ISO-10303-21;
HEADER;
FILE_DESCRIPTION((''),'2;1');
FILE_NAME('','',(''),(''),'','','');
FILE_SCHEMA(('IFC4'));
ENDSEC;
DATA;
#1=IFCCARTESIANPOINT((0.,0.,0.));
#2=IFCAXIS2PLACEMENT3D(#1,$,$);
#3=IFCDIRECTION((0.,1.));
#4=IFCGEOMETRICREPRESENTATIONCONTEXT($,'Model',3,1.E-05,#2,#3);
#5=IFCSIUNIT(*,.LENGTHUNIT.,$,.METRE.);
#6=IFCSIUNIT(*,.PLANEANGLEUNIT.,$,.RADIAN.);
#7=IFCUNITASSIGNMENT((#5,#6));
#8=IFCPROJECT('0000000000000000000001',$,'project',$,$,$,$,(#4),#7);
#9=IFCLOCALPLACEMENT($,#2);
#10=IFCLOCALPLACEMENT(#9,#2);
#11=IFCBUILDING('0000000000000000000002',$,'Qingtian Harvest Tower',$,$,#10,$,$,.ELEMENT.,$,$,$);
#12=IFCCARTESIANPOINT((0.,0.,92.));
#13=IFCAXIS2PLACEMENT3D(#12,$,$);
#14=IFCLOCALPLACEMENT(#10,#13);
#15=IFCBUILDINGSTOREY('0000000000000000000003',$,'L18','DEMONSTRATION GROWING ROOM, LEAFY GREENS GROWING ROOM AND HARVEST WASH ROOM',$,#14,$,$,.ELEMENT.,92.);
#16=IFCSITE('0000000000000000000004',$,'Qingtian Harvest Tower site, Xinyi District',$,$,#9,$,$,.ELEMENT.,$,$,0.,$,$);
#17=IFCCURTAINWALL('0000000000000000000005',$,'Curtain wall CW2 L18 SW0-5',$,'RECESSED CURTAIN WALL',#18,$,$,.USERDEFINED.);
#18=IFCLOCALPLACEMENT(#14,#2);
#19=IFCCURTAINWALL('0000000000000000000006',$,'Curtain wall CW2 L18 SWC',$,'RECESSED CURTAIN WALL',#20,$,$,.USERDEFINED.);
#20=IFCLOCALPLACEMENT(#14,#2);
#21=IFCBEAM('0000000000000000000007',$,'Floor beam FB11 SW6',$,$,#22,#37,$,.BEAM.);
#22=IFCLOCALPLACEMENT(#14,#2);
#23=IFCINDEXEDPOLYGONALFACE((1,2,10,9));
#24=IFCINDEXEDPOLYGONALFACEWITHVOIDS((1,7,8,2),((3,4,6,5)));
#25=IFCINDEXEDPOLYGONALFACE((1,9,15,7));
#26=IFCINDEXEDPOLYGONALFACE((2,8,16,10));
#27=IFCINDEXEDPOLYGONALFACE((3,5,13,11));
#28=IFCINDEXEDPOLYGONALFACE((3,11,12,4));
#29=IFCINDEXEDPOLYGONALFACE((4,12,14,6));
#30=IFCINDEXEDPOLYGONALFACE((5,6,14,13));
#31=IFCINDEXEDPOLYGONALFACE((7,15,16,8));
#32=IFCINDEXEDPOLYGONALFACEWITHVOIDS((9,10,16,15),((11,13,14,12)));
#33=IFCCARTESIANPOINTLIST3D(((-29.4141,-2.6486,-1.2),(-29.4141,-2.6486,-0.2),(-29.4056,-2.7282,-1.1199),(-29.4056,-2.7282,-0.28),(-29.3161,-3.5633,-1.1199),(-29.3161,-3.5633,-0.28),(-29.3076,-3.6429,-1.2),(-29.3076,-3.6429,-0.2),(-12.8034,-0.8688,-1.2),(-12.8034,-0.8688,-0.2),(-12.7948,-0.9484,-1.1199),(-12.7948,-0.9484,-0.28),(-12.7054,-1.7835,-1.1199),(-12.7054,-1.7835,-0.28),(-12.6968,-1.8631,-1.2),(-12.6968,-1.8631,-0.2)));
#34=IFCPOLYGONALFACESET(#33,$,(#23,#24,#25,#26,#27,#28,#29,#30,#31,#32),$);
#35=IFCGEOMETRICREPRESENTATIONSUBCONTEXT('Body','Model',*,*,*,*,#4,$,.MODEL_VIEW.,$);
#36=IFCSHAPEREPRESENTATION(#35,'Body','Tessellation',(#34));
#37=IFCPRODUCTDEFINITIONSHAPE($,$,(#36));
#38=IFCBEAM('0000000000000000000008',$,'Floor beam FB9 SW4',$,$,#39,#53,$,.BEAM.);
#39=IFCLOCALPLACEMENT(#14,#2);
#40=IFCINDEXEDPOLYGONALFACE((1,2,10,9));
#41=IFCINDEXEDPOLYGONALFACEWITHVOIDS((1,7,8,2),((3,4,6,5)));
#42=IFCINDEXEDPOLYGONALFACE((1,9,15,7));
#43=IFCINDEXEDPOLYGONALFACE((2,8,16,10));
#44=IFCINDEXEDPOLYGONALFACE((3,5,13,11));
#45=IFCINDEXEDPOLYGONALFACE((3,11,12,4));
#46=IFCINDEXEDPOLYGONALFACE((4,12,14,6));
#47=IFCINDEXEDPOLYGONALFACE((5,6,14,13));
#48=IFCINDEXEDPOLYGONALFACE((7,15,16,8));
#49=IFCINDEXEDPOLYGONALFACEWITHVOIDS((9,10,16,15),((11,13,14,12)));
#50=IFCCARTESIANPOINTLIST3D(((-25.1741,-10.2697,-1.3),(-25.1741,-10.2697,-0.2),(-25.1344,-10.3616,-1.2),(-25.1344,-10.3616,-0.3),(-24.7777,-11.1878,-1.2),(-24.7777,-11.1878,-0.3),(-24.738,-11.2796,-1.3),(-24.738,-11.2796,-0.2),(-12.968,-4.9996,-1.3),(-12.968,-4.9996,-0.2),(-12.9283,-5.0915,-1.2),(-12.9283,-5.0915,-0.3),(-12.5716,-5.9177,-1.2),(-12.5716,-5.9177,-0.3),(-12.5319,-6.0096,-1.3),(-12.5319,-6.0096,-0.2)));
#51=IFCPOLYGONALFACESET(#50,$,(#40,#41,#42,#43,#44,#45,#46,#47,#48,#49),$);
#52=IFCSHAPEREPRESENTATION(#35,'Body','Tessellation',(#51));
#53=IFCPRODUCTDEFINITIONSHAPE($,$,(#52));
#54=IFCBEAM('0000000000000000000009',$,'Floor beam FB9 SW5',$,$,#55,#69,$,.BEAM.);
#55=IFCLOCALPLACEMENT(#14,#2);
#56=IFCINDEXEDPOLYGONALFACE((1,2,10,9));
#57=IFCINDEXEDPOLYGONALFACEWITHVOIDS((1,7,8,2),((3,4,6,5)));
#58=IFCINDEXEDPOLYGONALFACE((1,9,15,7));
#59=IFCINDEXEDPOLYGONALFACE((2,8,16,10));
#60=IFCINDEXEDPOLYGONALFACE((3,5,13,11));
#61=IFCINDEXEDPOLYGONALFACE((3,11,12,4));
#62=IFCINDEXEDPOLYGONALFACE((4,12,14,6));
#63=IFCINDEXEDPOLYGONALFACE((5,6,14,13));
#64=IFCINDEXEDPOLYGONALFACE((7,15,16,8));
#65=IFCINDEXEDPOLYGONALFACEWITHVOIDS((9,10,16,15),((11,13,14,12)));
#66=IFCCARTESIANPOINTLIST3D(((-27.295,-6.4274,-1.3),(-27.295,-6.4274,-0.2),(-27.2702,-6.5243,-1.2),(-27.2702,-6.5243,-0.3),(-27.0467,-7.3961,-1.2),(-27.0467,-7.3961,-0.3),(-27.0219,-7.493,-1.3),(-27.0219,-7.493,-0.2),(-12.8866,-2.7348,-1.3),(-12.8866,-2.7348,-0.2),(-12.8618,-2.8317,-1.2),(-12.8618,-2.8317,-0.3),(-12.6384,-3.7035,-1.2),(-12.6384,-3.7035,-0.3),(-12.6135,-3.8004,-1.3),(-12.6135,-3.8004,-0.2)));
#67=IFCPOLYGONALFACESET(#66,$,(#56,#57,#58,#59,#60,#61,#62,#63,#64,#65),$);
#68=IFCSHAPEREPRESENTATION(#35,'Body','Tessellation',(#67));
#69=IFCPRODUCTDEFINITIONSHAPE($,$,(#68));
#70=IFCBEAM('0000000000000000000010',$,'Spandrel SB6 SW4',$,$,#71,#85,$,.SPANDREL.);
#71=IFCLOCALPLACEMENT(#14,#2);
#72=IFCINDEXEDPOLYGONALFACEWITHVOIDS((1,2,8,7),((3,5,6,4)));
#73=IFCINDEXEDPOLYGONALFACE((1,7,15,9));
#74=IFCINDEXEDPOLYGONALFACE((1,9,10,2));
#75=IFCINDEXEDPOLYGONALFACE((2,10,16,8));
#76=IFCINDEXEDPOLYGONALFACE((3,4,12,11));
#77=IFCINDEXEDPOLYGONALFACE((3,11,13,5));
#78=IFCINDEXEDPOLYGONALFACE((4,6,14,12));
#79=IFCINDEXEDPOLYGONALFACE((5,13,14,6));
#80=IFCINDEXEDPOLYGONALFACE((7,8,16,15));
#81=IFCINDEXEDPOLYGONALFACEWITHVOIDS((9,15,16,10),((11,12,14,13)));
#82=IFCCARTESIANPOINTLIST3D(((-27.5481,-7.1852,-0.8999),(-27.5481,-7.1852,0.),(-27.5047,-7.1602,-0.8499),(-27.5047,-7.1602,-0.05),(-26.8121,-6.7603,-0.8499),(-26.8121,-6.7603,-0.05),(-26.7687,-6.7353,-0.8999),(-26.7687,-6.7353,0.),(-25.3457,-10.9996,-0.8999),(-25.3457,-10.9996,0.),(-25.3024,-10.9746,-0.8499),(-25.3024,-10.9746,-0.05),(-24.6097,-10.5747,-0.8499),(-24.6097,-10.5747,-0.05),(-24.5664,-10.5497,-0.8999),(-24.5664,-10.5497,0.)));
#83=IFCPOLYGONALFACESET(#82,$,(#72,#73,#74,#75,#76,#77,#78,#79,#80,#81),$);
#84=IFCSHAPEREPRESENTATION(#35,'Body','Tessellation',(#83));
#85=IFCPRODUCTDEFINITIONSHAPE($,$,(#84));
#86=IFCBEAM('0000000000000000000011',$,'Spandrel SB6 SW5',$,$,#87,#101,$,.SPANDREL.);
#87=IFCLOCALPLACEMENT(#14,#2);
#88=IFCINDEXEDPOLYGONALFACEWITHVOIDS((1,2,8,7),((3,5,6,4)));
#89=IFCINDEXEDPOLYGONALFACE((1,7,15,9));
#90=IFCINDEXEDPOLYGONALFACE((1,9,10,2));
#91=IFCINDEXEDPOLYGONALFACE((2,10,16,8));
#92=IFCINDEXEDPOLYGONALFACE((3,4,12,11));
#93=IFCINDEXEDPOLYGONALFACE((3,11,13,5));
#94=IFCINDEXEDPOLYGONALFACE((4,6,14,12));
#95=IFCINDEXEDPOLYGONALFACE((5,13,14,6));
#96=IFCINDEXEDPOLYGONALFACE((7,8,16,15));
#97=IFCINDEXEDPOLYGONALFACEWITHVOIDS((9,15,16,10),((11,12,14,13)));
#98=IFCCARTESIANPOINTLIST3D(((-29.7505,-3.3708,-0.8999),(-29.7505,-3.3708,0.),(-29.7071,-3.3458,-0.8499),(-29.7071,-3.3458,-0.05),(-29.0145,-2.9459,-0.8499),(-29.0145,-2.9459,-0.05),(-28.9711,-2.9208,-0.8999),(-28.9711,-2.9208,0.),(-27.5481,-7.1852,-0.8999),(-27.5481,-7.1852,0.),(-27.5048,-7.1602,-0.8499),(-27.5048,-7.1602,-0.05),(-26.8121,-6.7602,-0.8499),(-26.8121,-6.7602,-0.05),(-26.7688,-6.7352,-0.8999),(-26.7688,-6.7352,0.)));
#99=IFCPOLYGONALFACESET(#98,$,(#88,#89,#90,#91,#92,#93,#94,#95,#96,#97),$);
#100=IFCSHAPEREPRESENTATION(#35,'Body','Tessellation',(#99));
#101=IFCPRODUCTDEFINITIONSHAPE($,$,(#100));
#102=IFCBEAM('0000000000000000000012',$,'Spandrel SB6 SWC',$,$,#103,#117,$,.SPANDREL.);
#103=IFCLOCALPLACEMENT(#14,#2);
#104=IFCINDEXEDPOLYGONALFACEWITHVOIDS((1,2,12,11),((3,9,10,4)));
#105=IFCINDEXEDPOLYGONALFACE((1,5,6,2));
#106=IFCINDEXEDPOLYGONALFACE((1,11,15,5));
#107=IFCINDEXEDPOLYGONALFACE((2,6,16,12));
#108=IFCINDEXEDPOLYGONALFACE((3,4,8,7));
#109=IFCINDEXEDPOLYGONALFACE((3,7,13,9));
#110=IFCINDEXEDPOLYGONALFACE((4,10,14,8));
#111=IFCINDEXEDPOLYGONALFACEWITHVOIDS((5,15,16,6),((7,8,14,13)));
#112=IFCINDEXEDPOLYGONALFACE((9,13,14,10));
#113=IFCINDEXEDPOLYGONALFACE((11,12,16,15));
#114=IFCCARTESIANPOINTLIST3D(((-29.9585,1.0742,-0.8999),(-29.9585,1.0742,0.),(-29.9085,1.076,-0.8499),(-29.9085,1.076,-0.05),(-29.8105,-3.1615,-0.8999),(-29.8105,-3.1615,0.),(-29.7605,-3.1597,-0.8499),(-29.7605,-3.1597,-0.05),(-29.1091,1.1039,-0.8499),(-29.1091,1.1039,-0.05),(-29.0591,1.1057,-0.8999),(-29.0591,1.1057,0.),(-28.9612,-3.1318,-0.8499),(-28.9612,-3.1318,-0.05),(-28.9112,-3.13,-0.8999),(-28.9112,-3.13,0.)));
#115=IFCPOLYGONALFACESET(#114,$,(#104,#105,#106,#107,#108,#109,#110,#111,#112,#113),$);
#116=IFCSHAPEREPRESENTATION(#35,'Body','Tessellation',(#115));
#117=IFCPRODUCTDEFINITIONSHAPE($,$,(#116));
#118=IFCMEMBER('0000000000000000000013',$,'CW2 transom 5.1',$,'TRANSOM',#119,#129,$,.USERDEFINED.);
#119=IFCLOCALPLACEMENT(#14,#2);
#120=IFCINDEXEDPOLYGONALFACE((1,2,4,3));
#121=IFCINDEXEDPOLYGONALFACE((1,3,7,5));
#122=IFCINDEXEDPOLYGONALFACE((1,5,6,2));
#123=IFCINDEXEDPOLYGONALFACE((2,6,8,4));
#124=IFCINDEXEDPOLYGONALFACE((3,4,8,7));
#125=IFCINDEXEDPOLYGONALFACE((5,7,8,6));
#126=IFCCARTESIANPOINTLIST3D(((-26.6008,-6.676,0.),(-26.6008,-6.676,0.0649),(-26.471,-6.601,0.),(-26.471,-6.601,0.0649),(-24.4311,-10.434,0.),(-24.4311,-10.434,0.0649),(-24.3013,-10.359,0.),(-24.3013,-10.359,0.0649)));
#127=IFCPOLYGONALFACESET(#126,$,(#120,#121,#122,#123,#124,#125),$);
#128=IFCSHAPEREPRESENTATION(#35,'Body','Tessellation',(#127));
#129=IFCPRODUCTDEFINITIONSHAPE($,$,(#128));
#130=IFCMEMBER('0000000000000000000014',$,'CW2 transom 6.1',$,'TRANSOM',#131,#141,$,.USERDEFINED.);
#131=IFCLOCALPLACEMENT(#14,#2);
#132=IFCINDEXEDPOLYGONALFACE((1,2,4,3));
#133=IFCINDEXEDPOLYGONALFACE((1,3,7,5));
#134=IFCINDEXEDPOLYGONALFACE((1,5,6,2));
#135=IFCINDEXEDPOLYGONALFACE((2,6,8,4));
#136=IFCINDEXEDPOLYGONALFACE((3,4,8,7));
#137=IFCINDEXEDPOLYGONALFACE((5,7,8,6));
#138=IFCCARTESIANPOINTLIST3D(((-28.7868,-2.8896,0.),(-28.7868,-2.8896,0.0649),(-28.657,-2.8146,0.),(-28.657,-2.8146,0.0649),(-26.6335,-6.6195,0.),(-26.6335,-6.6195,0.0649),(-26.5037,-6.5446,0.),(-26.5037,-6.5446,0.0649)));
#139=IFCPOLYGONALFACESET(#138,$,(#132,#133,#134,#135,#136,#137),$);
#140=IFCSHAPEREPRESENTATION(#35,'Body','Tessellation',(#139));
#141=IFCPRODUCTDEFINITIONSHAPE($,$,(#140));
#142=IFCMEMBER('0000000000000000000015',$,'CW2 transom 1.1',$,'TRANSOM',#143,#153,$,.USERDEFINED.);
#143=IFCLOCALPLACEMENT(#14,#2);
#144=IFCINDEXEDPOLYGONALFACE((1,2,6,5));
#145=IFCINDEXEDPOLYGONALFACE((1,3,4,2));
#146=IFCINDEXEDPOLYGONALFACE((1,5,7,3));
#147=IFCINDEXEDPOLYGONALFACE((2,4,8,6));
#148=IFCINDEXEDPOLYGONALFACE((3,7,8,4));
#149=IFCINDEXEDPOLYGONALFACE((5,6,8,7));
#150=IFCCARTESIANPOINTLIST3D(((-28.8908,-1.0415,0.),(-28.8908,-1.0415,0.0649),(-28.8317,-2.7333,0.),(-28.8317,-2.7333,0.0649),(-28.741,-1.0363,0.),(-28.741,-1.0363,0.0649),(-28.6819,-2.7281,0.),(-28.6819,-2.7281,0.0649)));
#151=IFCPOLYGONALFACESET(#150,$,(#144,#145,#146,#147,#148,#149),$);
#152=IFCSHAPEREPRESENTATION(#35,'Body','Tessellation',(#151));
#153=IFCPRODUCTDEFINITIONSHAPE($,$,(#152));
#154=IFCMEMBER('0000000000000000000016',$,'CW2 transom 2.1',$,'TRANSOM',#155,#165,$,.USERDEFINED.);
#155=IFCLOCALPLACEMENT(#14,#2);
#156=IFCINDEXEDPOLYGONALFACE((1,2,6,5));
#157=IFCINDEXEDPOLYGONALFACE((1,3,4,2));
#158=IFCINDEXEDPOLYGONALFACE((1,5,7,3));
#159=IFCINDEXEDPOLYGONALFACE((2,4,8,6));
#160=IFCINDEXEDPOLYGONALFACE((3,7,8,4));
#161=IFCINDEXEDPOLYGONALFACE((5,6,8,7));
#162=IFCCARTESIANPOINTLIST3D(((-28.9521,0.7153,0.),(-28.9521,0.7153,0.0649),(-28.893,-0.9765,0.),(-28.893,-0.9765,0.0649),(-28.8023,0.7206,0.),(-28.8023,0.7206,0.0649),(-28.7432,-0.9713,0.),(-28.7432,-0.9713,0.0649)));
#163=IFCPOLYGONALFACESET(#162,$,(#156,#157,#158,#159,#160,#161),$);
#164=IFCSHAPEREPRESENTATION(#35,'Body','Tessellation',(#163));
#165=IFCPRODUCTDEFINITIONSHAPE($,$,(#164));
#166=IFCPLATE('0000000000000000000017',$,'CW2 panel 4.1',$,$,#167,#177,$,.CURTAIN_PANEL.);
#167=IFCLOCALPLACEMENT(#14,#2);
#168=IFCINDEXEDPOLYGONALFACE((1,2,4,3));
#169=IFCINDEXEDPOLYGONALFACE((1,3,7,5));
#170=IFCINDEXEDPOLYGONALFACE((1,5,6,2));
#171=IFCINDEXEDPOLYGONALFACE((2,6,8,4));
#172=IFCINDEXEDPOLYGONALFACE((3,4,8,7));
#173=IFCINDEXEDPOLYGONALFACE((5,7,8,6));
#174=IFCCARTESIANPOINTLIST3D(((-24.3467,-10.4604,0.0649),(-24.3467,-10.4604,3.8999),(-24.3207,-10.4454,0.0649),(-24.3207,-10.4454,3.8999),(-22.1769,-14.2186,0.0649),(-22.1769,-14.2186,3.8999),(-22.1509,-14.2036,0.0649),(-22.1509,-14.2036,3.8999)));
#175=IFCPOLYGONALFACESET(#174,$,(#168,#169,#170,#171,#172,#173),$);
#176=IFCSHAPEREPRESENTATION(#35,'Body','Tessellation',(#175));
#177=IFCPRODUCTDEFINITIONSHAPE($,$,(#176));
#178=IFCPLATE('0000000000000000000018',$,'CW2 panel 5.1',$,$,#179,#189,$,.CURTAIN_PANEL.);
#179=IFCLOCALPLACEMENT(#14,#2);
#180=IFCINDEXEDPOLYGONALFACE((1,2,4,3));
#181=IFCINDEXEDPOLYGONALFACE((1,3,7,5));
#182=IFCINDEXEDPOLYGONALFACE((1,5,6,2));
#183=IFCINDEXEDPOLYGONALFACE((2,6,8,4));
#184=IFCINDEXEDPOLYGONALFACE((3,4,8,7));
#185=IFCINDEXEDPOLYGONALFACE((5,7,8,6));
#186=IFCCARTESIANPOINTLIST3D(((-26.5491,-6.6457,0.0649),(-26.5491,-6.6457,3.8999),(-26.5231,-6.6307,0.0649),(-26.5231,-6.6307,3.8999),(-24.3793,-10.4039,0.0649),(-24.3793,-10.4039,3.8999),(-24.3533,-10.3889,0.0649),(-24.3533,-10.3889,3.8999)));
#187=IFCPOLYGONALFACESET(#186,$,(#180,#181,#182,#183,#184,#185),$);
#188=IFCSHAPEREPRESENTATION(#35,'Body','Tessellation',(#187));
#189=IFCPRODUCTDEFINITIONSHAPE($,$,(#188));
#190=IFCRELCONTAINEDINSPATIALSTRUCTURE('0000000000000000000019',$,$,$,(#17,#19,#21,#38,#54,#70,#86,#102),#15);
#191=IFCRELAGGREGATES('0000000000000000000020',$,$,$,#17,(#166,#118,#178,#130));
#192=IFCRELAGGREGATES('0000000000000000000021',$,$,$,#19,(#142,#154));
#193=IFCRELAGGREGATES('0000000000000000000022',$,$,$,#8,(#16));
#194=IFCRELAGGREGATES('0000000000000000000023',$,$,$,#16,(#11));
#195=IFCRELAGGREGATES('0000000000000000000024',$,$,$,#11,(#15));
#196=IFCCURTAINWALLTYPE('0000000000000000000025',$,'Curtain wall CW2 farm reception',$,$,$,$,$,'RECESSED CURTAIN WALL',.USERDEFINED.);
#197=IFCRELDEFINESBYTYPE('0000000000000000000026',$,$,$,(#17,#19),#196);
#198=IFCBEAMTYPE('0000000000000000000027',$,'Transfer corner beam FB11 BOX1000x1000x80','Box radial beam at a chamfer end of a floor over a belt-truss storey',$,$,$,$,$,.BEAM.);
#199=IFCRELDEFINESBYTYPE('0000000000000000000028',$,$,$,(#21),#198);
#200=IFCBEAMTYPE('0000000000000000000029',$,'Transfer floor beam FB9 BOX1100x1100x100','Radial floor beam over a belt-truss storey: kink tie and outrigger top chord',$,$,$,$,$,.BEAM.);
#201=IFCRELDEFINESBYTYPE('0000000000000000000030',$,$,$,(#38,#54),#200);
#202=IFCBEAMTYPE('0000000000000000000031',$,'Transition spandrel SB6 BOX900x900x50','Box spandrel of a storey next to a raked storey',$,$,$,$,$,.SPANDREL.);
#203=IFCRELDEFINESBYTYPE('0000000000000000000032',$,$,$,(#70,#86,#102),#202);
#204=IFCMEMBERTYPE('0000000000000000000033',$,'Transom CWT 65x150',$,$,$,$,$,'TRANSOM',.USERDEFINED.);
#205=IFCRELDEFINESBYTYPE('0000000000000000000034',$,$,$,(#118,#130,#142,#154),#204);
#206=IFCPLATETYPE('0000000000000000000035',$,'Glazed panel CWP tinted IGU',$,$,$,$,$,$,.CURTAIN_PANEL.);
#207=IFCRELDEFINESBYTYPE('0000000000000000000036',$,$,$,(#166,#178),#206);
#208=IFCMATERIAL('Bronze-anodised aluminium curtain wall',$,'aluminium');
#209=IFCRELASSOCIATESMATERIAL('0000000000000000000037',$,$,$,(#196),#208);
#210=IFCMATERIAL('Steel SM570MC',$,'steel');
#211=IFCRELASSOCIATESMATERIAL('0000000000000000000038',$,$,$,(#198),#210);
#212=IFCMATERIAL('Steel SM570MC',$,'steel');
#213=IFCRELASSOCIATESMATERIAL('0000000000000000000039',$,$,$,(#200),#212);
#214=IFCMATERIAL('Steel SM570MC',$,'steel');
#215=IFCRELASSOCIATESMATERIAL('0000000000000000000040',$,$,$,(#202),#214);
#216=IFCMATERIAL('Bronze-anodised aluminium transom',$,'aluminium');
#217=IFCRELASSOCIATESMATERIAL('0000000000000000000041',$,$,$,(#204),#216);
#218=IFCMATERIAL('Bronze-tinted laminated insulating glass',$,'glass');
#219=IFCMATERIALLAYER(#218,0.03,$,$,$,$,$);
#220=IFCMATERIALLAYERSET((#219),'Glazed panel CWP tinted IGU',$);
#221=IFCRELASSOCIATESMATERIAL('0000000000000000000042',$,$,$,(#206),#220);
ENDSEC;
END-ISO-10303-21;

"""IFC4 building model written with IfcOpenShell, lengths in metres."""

from ifc_helpers import new_model, si_unit, direction, frame, origin, origin_2d, place, context, subcontext, project, spatial, rectangle, hollow_rectangle, extrude, material, layer, layer_set, material_profile, profile_set, type_object, element, aggregate, save


model = new_model("IFC4")

# Units and contexts
model_context = context("Model", 3, precision=1e-05, world=origin(), true_north=direction((0.0, 1.0)))
body_context = subcontext(model_context, "Body", "Model", "MODEL_VIEW")
ifc_project = project(units=[si_unit("LENGTHUNIT", "METRE"), si_unit("PLANEANGLEUNIT", "RADIAN")], contexts=[model_context])

# Site, building, storey
site_placement = place(None, origin())
site = spatial("IfcSite", under=ifc_project, at=site_placement, Name="Qingtian Harvest Tower site, Xinyi District", CompositionType="ELEMENT", RefElevation=0.0)
building_placement = place(site_placement, origin())
building = spatial("IfcBuilding", under=site, at=building_placement, Name="Qingtian Harvest Tower", CompositionType="ELEMENT")
storey_placement = place(building_placement, frame((0.0, 0.0, 92.0)))
storey = spatial("IfcBuildingStorey", under=building, at=storey_placement, Name="L18", Description="DEMONSTRATION GROWING ROOM, LEAFY GREENS GROWING ROOM AND HARVEST WASH ROOM", CompositionType="ELEMENT", Elevation=92.0)

# Curtain walls
ifc_material_1 = material(Name="Bronze-anodised aluminium curtain wall", Category="aluminium")
curtain_wall_type = type_object("IfcCurtainWallType", Name="Curtain wall CW2 farm reception", ElementType="RECESSED CURTAIN WALL", PredefinedType="USERDEFINED", material=ifc_material_1)
curtain_wall_1_placement = place(storey_placement, origin())
curtain_wall_1 = element("IfcCurtainWall", 1, at=curtain_wall_1_placement, inside=storey, type_object=curtain_wall_type, Name="Curtain wall CW2 L18 SW0-5", ObjectType="RECESSED CURTAIN WALL", PredefinedType="USERDEFINED")
curtain_wall_2_placement = place(storey_placement, origin())
curtain_wall_2 = element("IfcCurtainWall", 2, at=curtain_wall_2_placement, inside=storey, type_object=curtain_wall_type, Name="Curtain wall CW2 L18 SWC", ObjectType="RECESSED CURTAIN WALL", PredefinedType="USERDEFINED")

# Beams
ifc_material_2 = material(Name="Steel SM570MC", Category="steel")
ifc_material_profile_1 = material_profile(ifc_material_2, hollow_rectangle(XDim=1.0, YDim=1.0, WallThickness=0.0801, at=origin_2d()), Name="BOX1000x1000x80")
ifc_profile_set_1 = profile_set([ifc_material_profile_1], Name="Steel SM570MC")
beam_type_1 = type_object("IfcBeamType", Name="Transfer corner beam FB11 BOX1000x1000x80", Description="Box radial beam at a chamfer end of a floor over a belt-truss storey", PredefinedType="BEAM", material=ifc_profile_set_1)
beam_1_placement = place(storey_placement, frame((-29.3608, -3.1458, -0.7), z_axis=(0.994309, 0.106536, 0.0), x_axis=(-0.106536, 0.994309, 0.0)))
element("IfcBeam", 3, at=beam_1_placement, inside=storey, type_object=beam_type_1, Name="Floor beam FB11 SW6", PredefinedType="BEAM", context=body_context, shape_type="SweptSolid", body=[
    extrude(hollow_rectangle(XDim=1.0, YDim=1.0, WallThickness=0.0801, at=origin_2d()), origin(), (0.0, 0.0, 1.0), 16.7058),
])
ifc_material_3 = material(Name="Steel SM570MC", Category="steel")
ifc_material_profile_2 = material_profile(ifc_material_3, hollow_rectangle(XDim=1.1001, YDim=1.1001, WallThickness=0.1001, at=origin_2d()), Name="BOX1100x1100x100")
ifc_profile_set_2 = profile_set([ifc_material_profile_2], Name="Steel SM570MC")
beam_type_2 = type_object("IfcBeamType", Name="Transfer floor beam FB9 BOX1100x1100x100", Description="Radial floor beam over a belt-truss storey: kink tie and outrigger top chord", PredefinedType="BEAM", material=ifc_profile_set_2)
beam_2_placement = place(storey_placement, frame((-24.9561, -10.7747, -0.75), z_axis=(0.918084, 0.396387, 0.0), x_axis=(-0.396387, 0.918084, 0.0)))
element("IfcBeam", 4, at=beam_2_placement, inside=storey, type_object=beam_type_2, Name="Floor beam FB9 SW4", PredefinedType="BEAM", context=body_context, shape_type="SweptSolid", body=[
    extrude(hollow_rectangle(XDim=1.1001, YDim=1.1001, WallThickness=0.1001, at=origin_2d()), origin(), (0.0, 0.0, 1.0), 13.2952),
])
beam_3_placement = place(storey_placement, frame((-27.1584, -6.9602, -0.75), z_axis=(0.968694, 0.248259, 0.0), x_axis=(-0.248259, 0.968694, 0.0)))
element("IfcBeam", 5, at=beam_3_placement, inside=storey, type_object=beam_type_2, Name="Floor beam FB9 SW5", PredefinedType="BEAM", context=body_context, shape_type="SweptSolid", body=[
    extrude(hollow_rectangle(XDim=1.1001, YDim=1.1001, WallThickness=0.1001, at=origin_2d()), origin(), (0.0, 0.0, 1.0), 14.874),
])
ifc_material_4 = material(Name="Steel SM570MC", Category="steel")
ifc_material_profile_3 = material_profile(ifc_material_4, hollow_rectangle(XDim=0.8999, YDim=0.8999, WallThickness=0.05, at=origin_2d()), Name="BOX900x900x50")
ifc_profile_set_3 = profile_set([ifc_material_profile_3], Name="Steel SM570MC")
beam_type_3 = type_object("IfcBeamType", Name="Transition spandrel SB6 BOX900x900x50", Description="Box spandrel of a storey next to a raked storey", PredefinedType="SPANDREL", material=ifc_profile_set_3)
for number, where, z_axis, x_axis, name in (
    (6, (-24.9561, -10.7747, -0.45), (-0.50002, 0.866014, 0.0), (-0.866014, -0.50002, 0.0), "Spandrel SB6 SW4"),
    (7, (-27.1584, -6.9602, -0.45), (-0.50002, 0.866014, 0.0), (-0.866014, -0.50002, 0.0), "Spandrel SB6 SW5"),
):
    element("IfcBeam", number, at=place(storey_placement, frame(where, z_axis=z_axis, x_axis=x_axis)), inside=storey, type_object=beam_type_3, Name=name, PredefinedType="SPANDREL", context=body_context, shape_type="SweptSolid", body=[
        extrude(hollow_rectangle(XDim=0.8999, YDim=0.8999, WallThickness=0.05, at=origin_2d()), origin(), (0.0, 0.0, 1.0), 4.4045),
    ])
beam_4_placement = place(storey_placement, frame((-29.3608, -3.1458, -0.45), z_axis=(-0.034909, 0.999391, 0.0), x_axis=(-0.999391, -0.034909, 0.0)))
element("IfcBeam", 8, at=beam_4_placement, inside=storey, type_object=beam_type_3, Name="Spandrel SB6 SWC", PredefinedType="SPANDREL", context=body_context, shape_type="SweptSolid", body=[
    extrude(hollow_rectangle(XDim=0.8999, YDim=0.8999, WallThickness=0.05, at=origin_2d()), origin(), (0.0, 0.0, 1.0), 4.2383),
])

# Members
ifc_material_5 = material(Name="Bronze-anodised aluminium transom", Category="aluminium")
ifc_material_profile_4 = material_profile(ifc_material_5, rectangle(XDim=0.1499, YDim=0.0649, at=origin_2d()), Name="AL 65x150")
ifc_profile_set_4 = profile_set([ifc_material_profile_4], Name="Bronze-anodised aluminium transom")
member_type_1 = type_object("IfcMemberType", Name="Transom CWT 65x150", ElementType="TRANSOM", PredefinedType="USERDEFINED", material=ifc_profile_set_4)
member_1_placement = place(storey_placement, frame((-24.3662, -10.3965, 0.0325), z_axis=(-0.499994, 0.866029, 0.0), x_axis=(-0.866029, -0.499994, 0.0)))
member_1 = element("IfcMember", 9, at=member_1_placement, type_object=member_type_1, Name="CW2 transom 5.1", ObjectType="TRANSOM", PredefinedType="USERDEFINED", context=body_context, shape_type="SweptSolid", body=[
    extrude(rectangle(XDim=0.1499, YDim=0.0649, at=origin_2d()), origin(), (0.0, 0.0, 1.0), 4.3394),
])
member_2_placement = place(storey_placement, frame((-26.5686, -6.582, 0.0325), z_axis=(-0.499968, 0.866044, 0.0), x_axis=(-0.866044, -0.499968, 0.0)))
member_2 = element("IfcMember", 10, at=member_2_placement, type_object=member_type_1, Name="CW2 transom 6.1", ObjectType="TRANSOM", PredefinedType="USERDEFINED", context=body_context, shape_type="SweptSolid", body=[
    extrude(rectangle(XDim=0.1499, YDim=0.0649, at=origin_2d()), origin(), (0.0, 0.0, 1.0), 4.3069),
])
member_3_placement = place(storey_placement, frame((-28.7568, -2.7307, 0.0325), z_axis=(-0.034899, 0.999391, 0.0), x_axis=(-0.999391, -0.034899, 0.0)))
member_3 = element("IfcMember", 11, at=member_3_placement, type_object=member_type_1, Name="CW2 transom 1.1", ObjectType="TRANSOM", PredefinedType="USERDEFINED", context=body_context, shape_type="SweptSolid", body=[
    extrude(rectangle(XDim=0.1499, YDim=0.0649, at=origin_2d()), origin(), (0.0, 0.0, 1.0), 1.6929),
])
member_4_placement = place(storey_placement, frame((-28.8181, -0.9739, 0.0325), z_axis=(-0.034899, 0.999391, 0.0), x_axis=(-0.999391, -0.034899, 0.0)))
member_4 = element("IfcMember", 12, at=member_4_placement, type_object=member_type_1, Name="CW2 transom 2.1", ObjectType="TRANSOM", PredefinedType="USERDEFINED", context=body_context, shape_type="SweptSolid", body=[
    extrude(rectangle(XDim=0.1499, YDim=0.0649, at=origin_2d()), origin(), (0.0, 0.0, 1.0), 1.6929),
])

# Plates
ifc_material_6 = material(Name="Bronze-tinted laminated insulating glass", Category="glass")
ifc_layer_1 = layer(ifc_material_6, 0.03)
ifc_layer_set_1 = layer_set([ifc_layer_1], Name="Glazed panel CWP tinted IGU")
plate_type = type_object("IfcPlateType", Name="Glazed panel CWP tinted IGU", PredefinedType="CURTAIN_PANEL", material=ifc_layer_set_1)
plate_1_placement = place(storey_placement, frame((-23.2488, -12.332, 0.0649), z_axis=(0.0, 0.0, 1.0), x_axis=(-0.5, 0.866025, 0.0)))
plate_1 = element("IfcPlate", 13, at=plate_1_placement, type_object=plate_type, Name="CW2 panel 4.1", PredefinedType="CURTAIN_PANEL", context=body_context, shape_type="SweptSolid", body=[
    extrude(rectangle(XDim=4.3396, YDim=0.03, at=origin_2d()), origin(), (0.0, 0.0, 1.0), 3.835),
])
plate_2_placement = place(storey_placement, frame((-25.4512, -8.5173, 0.0649), z_axis=(0.0, 0.0, 1.0), x_axis=(-0.5, 0.866025, 0.0)))
plate_2 = element("IfcPlate", 14, at=plate_2_placement, type_object=plate_type, Name="CW2 panel 5.1", PredefinedType="CURTAIN_PANEL", context=body_context, shape_type="SweptSolid", body=[
    extrude(rectangle(XDim=4.3396, YDim=0.03, at=origin_2d()), origin(), (0.0, 0.0, 1.0), 3.835),
])
aggregate(curtain_wall_1, [plate_1, member_1, plate_2, member_2])
aggregate(curtain_wall_2, [member_3, member_4])

save(model, "model.ifc")
